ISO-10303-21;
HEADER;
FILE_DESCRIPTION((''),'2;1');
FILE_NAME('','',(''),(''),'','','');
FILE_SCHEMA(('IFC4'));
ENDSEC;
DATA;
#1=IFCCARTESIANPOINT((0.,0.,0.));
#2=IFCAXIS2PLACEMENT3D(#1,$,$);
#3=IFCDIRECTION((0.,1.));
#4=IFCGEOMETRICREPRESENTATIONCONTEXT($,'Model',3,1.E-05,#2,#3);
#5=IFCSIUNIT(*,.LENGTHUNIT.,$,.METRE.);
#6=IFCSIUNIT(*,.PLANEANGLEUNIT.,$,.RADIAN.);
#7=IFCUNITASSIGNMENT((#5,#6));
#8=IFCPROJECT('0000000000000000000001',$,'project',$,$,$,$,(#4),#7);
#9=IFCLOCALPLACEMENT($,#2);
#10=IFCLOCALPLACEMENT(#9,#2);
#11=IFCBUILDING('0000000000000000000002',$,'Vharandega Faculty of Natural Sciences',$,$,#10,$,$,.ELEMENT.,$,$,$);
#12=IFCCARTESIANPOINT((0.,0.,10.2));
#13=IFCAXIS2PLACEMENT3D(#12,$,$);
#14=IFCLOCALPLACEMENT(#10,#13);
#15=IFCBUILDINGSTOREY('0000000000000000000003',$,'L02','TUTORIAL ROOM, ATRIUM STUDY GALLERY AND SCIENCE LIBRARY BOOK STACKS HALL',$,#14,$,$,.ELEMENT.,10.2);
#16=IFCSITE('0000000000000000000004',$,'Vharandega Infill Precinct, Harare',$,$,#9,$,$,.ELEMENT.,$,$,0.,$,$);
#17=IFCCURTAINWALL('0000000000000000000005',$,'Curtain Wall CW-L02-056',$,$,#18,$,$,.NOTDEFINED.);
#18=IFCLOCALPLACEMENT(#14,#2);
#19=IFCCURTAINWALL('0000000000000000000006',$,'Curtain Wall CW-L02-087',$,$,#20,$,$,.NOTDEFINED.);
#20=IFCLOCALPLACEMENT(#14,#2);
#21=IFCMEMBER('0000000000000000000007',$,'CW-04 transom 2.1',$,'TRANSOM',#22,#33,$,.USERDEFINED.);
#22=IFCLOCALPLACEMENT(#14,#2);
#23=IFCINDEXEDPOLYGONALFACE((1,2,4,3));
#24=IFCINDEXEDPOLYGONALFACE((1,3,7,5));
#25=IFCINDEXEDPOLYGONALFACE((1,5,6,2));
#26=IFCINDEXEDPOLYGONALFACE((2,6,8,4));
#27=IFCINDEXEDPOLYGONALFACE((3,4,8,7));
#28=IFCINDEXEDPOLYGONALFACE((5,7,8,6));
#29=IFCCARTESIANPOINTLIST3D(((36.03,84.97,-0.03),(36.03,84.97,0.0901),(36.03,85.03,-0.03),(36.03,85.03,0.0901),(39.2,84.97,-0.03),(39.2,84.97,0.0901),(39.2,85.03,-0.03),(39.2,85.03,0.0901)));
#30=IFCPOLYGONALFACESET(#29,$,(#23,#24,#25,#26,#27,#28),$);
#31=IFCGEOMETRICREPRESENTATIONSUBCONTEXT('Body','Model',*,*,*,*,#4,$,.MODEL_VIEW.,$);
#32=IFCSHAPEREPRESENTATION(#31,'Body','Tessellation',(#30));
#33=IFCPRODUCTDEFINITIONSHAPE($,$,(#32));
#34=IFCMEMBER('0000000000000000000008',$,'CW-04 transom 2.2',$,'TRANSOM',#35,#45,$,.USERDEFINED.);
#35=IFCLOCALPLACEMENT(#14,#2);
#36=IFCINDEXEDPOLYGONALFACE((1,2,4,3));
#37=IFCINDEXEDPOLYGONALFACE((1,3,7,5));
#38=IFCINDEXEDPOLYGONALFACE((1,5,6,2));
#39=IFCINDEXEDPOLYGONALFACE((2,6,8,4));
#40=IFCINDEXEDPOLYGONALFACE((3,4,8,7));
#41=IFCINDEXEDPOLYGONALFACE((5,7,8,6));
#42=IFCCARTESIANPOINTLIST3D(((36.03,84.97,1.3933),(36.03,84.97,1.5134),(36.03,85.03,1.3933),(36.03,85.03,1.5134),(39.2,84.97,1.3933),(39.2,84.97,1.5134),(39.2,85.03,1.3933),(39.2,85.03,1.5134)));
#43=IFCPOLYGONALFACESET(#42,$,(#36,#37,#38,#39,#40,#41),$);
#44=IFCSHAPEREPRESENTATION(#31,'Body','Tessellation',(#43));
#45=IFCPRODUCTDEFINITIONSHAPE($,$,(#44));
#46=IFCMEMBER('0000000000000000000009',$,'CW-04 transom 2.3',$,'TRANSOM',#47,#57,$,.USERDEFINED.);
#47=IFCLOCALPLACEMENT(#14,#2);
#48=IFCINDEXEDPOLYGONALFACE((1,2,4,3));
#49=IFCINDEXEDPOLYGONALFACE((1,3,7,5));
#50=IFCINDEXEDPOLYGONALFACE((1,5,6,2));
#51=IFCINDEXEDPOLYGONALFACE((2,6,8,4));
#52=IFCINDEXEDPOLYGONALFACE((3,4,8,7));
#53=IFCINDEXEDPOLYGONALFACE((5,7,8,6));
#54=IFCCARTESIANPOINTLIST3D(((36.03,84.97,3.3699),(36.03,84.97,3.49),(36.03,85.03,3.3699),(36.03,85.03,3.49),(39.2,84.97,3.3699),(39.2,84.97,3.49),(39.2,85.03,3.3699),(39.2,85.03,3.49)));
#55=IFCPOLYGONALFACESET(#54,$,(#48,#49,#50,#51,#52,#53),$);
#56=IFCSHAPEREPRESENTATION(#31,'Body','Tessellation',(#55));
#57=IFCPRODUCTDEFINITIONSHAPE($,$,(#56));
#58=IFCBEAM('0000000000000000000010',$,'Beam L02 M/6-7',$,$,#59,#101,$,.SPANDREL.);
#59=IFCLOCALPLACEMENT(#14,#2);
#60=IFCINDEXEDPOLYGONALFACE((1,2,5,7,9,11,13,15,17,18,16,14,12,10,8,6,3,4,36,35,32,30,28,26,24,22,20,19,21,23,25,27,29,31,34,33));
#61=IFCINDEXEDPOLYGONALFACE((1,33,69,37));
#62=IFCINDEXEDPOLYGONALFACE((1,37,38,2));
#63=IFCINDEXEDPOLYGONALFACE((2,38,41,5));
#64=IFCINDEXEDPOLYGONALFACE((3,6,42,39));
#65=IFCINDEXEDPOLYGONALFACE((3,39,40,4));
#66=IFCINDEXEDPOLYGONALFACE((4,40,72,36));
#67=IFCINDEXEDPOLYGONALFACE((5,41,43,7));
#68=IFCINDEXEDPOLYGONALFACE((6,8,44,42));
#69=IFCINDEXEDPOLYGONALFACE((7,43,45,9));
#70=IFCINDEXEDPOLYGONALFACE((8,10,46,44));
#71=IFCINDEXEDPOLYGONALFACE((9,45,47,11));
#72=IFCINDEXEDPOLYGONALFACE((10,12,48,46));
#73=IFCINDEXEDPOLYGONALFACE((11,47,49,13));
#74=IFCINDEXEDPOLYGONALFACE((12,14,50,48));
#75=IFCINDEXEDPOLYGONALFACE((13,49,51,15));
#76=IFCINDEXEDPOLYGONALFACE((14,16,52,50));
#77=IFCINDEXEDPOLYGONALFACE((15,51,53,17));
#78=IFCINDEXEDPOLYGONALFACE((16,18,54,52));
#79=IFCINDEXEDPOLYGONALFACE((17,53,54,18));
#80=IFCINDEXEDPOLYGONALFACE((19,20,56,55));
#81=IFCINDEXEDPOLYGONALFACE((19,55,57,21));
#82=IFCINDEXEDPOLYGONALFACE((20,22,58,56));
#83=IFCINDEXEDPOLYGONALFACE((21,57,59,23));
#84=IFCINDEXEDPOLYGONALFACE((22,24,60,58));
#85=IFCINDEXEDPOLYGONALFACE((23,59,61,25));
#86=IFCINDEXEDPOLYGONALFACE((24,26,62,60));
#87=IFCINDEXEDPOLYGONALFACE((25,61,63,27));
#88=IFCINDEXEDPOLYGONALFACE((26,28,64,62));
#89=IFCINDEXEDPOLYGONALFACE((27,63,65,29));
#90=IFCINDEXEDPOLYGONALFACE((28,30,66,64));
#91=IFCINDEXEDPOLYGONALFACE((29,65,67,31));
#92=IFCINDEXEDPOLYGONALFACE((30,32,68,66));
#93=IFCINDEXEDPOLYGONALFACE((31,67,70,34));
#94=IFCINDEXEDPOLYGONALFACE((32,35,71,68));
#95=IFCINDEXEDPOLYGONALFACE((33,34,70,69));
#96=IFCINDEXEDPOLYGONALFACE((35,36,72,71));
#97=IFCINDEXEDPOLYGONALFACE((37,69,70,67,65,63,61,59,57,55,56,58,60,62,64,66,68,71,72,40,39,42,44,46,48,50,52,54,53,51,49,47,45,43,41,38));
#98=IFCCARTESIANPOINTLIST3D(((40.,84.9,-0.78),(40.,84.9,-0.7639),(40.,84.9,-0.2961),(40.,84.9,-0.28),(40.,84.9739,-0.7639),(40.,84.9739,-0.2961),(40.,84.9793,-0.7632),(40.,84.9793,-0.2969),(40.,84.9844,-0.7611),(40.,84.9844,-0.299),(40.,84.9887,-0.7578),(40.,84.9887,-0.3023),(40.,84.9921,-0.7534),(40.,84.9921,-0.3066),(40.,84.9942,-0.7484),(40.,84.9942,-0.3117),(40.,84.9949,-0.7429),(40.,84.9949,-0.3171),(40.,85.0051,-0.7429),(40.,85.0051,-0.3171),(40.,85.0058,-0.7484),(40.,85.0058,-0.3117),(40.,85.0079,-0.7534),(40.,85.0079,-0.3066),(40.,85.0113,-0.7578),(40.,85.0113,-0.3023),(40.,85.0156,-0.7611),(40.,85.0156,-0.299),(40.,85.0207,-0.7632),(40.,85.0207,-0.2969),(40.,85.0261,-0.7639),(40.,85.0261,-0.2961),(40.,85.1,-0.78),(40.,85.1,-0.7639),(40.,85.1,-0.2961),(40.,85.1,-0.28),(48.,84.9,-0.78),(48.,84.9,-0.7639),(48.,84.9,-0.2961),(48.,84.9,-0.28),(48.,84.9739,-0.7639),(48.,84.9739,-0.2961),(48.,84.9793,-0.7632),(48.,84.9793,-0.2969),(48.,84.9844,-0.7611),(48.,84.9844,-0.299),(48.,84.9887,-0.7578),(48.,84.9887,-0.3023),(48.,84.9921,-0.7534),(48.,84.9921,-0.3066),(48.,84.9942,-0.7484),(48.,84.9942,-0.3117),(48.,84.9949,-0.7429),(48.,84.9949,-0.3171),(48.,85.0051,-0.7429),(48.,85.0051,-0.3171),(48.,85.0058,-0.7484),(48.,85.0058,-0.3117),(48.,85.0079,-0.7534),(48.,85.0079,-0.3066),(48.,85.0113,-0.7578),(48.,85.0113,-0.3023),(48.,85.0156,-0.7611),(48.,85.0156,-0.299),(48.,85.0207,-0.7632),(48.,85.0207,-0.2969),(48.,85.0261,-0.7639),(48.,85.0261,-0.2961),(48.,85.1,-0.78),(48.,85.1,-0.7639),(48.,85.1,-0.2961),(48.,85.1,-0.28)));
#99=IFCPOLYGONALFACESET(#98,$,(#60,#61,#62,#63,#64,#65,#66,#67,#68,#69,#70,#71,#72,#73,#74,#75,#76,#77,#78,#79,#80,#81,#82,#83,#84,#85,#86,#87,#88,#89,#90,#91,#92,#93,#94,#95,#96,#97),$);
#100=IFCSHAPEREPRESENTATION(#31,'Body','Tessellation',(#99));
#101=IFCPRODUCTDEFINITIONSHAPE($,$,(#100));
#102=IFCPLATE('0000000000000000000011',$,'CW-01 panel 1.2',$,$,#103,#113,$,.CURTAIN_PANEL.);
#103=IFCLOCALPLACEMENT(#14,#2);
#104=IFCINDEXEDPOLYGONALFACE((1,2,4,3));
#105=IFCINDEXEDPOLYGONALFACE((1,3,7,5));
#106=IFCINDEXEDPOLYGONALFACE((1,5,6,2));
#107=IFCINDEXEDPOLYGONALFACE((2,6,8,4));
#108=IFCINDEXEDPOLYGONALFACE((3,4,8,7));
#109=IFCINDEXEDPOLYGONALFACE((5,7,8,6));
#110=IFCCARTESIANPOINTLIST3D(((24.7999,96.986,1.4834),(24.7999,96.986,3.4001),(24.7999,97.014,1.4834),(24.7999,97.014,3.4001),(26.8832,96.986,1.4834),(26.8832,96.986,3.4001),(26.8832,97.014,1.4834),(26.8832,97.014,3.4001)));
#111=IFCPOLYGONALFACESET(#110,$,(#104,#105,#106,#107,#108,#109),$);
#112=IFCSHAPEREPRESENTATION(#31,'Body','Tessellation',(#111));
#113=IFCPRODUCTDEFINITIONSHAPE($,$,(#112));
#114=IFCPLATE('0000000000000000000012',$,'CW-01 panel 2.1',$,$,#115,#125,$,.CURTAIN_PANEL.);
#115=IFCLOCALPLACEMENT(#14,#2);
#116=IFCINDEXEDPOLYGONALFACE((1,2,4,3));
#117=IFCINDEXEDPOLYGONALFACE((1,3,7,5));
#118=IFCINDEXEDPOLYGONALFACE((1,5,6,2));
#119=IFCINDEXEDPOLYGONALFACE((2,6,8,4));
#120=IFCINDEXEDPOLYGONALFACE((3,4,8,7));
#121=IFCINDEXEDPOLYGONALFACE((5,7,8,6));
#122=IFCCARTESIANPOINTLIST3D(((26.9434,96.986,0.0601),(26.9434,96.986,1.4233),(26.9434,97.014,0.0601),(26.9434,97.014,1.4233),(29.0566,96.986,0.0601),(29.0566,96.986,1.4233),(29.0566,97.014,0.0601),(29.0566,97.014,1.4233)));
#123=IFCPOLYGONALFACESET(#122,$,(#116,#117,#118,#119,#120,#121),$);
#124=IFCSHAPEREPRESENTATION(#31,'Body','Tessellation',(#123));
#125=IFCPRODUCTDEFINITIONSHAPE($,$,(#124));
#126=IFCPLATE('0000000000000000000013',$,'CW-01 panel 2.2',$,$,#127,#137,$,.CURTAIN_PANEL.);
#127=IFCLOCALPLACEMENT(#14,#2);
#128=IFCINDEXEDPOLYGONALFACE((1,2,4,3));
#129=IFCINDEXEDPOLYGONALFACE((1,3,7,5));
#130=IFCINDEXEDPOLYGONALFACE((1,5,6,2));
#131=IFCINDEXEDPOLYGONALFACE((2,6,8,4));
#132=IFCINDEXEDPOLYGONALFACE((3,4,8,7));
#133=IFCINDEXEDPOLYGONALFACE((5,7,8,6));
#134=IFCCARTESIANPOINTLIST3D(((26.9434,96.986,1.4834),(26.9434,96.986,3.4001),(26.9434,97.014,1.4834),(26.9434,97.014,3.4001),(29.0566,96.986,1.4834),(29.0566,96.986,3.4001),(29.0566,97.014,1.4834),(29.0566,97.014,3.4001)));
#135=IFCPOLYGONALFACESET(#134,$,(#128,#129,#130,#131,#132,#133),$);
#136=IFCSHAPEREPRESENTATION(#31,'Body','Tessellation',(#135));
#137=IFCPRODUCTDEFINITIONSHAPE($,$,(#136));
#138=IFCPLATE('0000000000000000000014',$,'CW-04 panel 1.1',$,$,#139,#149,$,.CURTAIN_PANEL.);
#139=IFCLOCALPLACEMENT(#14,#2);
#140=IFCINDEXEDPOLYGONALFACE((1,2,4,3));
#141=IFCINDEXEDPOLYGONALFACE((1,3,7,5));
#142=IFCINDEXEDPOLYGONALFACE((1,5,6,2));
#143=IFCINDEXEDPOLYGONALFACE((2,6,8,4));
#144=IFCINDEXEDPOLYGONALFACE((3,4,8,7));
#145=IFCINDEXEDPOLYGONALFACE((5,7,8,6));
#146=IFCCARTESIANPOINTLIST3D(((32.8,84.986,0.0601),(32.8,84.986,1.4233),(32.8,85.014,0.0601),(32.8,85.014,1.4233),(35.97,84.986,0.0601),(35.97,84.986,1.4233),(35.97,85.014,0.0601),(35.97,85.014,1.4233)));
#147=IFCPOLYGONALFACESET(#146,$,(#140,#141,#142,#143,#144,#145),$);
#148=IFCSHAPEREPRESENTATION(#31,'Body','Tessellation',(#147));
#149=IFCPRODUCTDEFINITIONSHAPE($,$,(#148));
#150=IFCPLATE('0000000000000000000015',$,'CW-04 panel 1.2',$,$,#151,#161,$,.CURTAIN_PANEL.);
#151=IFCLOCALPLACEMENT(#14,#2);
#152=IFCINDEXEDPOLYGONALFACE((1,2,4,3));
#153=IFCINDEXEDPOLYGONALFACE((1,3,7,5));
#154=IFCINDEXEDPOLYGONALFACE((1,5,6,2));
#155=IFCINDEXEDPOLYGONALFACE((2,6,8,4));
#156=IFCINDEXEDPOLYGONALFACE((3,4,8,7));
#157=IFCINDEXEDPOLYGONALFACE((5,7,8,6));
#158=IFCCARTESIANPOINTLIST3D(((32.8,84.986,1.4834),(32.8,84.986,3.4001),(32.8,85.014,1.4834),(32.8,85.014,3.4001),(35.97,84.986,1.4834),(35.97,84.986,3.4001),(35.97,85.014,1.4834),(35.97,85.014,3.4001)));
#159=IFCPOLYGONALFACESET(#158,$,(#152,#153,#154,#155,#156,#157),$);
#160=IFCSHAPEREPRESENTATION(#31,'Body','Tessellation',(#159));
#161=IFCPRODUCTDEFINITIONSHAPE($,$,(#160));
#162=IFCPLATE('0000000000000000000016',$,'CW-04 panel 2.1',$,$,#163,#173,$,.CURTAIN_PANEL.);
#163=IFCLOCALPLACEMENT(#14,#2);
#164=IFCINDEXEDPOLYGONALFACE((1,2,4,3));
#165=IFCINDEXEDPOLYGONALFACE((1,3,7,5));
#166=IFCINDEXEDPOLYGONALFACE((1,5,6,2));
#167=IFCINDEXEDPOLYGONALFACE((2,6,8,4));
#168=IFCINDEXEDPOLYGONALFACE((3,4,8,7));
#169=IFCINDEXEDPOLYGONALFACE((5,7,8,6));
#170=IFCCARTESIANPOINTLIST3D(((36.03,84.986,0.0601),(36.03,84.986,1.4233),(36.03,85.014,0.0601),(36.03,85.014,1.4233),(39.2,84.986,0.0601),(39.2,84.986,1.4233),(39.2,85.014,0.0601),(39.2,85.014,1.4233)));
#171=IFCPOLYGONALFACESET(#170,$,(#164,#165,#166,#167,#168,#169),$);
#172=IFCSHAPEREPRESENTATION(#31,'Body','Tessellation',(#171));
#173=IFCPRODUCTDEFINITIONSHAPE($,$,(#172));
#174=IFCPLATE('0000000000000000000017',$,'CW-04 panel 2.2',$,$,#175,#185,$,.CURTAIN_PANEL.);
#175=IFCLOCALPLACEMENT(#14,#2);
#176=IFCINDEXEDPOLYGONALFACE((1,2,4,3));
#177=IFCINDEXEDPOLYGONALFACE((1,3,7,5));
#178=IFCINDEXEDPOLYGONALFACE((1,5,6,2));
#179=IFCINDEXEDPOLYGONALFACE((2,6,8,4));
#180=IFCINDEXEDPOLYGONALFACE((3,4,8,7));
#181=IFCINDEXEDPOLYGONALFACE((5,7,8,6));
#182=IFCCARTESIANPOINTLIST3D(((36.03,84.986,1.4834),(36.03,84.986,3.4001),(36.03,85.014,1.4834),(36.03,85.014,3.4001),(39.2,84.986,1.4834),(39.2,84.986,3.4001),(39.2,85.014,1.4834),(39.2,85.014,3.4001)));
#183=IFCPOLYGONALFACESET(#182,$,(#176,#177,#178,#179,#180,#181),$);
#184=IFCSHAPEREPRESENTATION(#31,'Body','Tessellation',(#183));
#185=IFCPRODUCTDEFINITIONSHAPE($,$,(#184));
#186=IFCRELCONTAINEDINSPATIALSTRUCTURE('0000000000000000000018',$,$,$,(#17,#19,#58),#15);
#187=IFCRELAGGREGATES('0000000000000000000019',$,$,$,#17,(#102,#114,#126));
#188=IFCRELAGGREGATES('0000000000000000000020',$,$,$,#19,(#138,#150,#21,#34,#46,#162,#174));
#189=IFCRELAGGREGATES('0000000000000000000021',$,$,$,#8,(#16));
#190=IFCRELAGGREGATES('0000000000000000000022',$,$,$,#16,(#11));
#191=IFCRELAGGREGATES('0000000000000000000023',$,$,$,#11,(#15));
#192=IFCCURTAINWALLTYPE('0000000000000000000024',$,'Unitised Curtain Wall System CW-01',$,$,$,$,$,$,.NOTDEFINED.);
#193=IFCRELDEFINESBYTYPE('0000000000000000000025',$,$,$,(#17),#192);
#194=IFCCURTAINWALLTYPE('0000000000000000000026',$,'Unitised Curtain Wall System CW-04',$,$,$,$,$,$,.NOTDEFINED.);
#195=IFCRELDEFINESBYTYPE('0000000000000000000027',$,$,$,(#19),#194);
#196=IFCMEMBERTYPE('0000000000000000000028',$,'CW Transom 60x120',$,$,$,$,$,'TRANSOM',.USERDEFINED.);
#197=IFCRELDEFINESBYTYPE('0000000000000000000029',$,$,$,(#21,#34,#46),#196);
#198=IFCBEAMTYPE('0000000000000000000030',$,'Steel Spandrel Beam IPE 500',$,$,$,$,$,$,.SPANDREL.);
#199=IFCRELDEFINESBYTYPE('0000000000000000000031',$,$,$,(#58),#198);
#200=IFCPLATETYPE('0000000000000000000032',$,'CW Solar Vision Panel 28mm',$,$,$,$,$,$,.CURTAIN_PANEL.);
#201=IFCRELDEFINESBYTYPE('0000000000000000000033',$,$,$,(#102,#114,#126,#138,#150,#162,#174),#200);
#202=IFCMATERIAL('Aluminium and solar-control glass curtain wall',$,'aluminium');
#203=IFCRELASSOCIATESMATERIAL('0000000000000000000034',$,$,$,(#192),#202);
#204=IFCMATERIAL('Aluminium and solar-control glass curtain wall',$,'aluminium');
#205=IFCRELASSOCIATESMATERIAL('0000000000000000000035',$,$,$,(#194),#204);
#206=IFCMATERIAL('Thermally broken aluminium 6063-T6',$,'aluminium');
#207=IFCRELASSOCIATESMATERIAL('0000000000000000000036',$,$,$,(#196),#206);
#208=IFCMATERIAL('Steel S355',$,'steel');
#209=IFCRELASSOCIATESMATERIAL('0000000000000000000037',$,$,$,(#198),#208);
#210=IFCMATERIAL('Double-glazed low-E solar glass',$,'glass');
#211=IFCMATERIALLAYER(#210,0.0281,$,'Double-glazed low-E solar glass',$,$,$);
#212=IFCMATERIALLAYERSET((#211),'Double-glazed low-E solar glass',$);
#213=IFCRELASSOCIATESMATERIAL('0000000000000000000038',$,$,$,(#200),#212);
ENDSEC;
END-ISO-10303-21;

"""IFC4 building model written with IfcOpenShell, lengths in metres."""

from ifc_helpers import new_model, si_unit, direction, frame, origin, origin_2d, place, context, subcontext, project, spatial, rectangle, i_section, extrude, material, layer, layer_set, material_profile, profile_set, type_object, element, aggregate, save


model = new_model("IFC4")

# Units and contexts
model_context = context("Model", 3, precision=1e-05, world=origin(), true_north=direction((0.0, 1.0)))
body_context = subcontext(model_context, "Body", "Model", "MODEL_VIEW")
ifc_project = project(units=[si_unit("LENGTHUNIT", "METRE"), si_unit("PLANEANGLEUNIT", "RADIAN")], contexts=[model_context])

# Site, building, storey
site_placement = place(None, origin())
site = spatial("IfcSite", under=ifc_project, at=site_placement, Name="Vharandega Infill Precinct, Harare", CompositionType="ELEMENT", RefElevation=0.0)
building_placement = place(site_placement, origin())
building = spatial("IfcBuilding", under=site, at=building_placement, Name="Vharandega Faculty of Natural Sciences", CompositionType="ELEMENT")
storey_placement = place(building_placement, frame((0.0, 0.0, 10.2)))
storey = spatial("IfcBuildingStorey", under=building, at=storey_placement, Name="L02", Description="TUTORIAL ROOM, ATRIUM STUDY GALLERY AND SCIENCE LIBRARY BOOK STACKS HALL", CompositionType="ELEMENT", Elevation=10.2)

# Curtain walls
ifc_material_1 = material(Name="Aluminium and solar-control glass curtain wall", Category="aluminium")
curtain_wall_type_1 = type_object("IfcCurtainWallType", Name="Unitised Curtain Wall System CW-01", PredefinedType="NOTDEFINED", material=ifc_material_1)
curtain_wall_1_placement = place(storey_placement, origin())
curtain_wall_1 = element("IfcCurtainWall", 1, at=curtain_wall_1_placement, inside=storey, type_object=curtain_wall_type_1, Name="Curtain Wall CW-L02-056", PredefinedType="NOTDEFINED")
ifc_material_2 = material(Name="Aluminium and solar-control glass curtain wall", Category="aluminium")
curtain_wall_type_2 = type_object("IfcCurtainWallType", Name="Unitised Curtain Wall System CW-04", PredefinedType="NOTDEFINED", material=ifc_material_2)
curtain_wall_2_placement = place(storey_placement, origin())
curtain_wall_2 = element("IfcCurtainWall", 2, at=curtain_wall_2_placement, inside=storey, type_object=curtain_wall_type_2, Name="Curtain Wall CW-L02-087", PredefinedType="NOTDEFINED")

# Members
ifc_material_3 = material(Name="Thermally broken aluminium 6063-T6", Category="aluminium")
ifc_material_profile_1 = material_profile(ifc_material_3, rectangle(XDim=0.0601, YDim=0.1201, at=origin_2d()), Name="ALU 60x120")
ifc_profile_set_1 = profile_set([ifc_material_profile_1], Name="Thermally broken aluminium 6063-T6")
member_type_1 = type_object("IfcMemberType", Name="CW Transom 60x120", ElementType="TRANSOM", PredefinedType="USERDEFINED", material=ifc_profile_set_1)
member_1_placement = place(storey_placement, frame((36.03, 85.0, 0.03), z_axis=(1.0, 0.0, 0.0), x_axis=(0.0, 1.0, 0.0)))
member_1 = element("IfcMember", 3, at=member_1_placement, type_object=member_type_1, Name="CW-04 transom 2.1", ObjectType="TRANSOM", PredefinedType="USERDEFINED", context=body_context, shape_type="SweptSolid", body=[
    extrude(rectangle(XDim=0.0601, YDim=0.1201, at=origin_2d()), origin(), (0.0, 0.0, 1.0), 3.1699),
])
member_2_placement = place(storey_placement, frame((36.03, 85.0, 1.4534), z_axis=(1.0, 0.0, 0.0), x_axis=(0.0, 1.0, 0.0)))
member_2 = element("IfcMember", 4, at=member_2_placement, type_object=member_type_1, Name="CW-04 transom 2.2", ObjectType="TRANSOM", PredefinedType="USERDEFINED", context=body_context, shape_type="SweptSolid", body=[
    extrude(rectangle(XDim=0.0601, YDim=0.1201, at=origin_2d()), origin(), (0.0, 0.0, 1.0), 3.1699),
])
member_3_placement = place(storey_placement, frame((36.03, 85.0, 3.4299), z_axis=(1.0, 0.0, 0.0), x_axis=(0.0, 1.0, 0.0)))
member_3 = element("IfcMember", 5, at=member_3_placement, type_object=member_type_1, Name="CW-04 transom 2.3", ObjectType="TRANSOM", PredefinedType="USERDEFINED", context=body_context, shape_type="SweptSolid", body=[
    extrude(rectangle(XDim=0.0601, YDim=0.1201, at=origin_2d()), origin(), (0.0, 0.0, 1.0), 3.1699),
])

# Beam
ifc_material_4 = material(Name="Steel S355", Category="steel")
ifc_material_profile_2 = material_profile(ifc_material_4, i_section(OverallWidth=0.2, OverallDepth=0.5, WebThickness=0.0103, FlangeThickness=0.0161, FilletRadius=0.021, at=origin_2d()), Name="IPE 500")
ifc_profile_set_2 = profile_set([ifc_material_profile_2], Name="Steel S355")
beam_type = type_object("IfcBeamType", Name="Steel Spandrel Beam IPE 500", PredefinedType="SPANDREL", material=ifc_profile_set_2)
beam_placement = place(storey_placement, frame((40.0, 85.0, -0.53), z_axis=(1.0, 0.0, 0.0), x_axis=(0.0, 1.0, 0.0)))
element("IfcBeam", 6, at=beam_placement, inside=storey, type_object=beam_type, Name="Beam L02 M/6-7", PredefinedType="SPANDREL", context=body_context, shape_type="SweptSolid", body=[
    extrude(i_section(OverallWidth=0.2, OverallDepth=0.5, WebThickness=0.0103, FlangeThickness=0.0161, FilletRadius=0.021, at=origin_2d()), origin(), (0.0, 0.0, 1.0), 8.0),
])

# Plates
ifc_material_5 = material(Name="Double-glazed low-E solar glass", Category="glass")
ifc_layer = layer(ifc_material_5, 0.0281, Name="Double-glazed low-E solar glass")
ifc_layer_set = layer_set([ifc_layer], Name="Double-glazed low-E solar glass")
plate_type = type_object("IfcPlateType", Name="CW Solar Vision Panel 28mm", PredefinedType="CURTAIN_PANEL", material=ifc_layer_set)
plate_1_placement = place(storey_placement, frame((25.8416, 97.0, 1.4834), z_axis=(0.0, 0.0, 1.0), x_axis=(1.0, 0.0, 0.0)))
plate_1 = element("IfcPlate", 7, at=plate_1_placement, type_object=plate_type, Name="CW-01 panel 1.2", PredefinedType="CURTAIN_PANEL", context=body_context, shape_type="SweptSolid", body=[
    extrude(rectangle(XDim=2.0833, YDim=0.0281, at=origin_2d()), origin(), (0.0, 0.0, 1.0), 1.9167),
])
plate_2_placement = place(storey_placement, frame((28.0, 97.0, 0.0601), z_axis=(0.0, 0.0, 1.0), x_axis=(1.0, 0.0, 0.0)))
plate_2 = element("IfcPlate", 8, at=plate_2_placement, type_object=plate_type, Name="CW-01 panel 2.1", PredefinedType="CURTAIN_PANEL", context=body_context, shape_type="SweptSolid", body=[
    extrude(rectangle(XDim=2.1133, YDim=0.0281, at=origin_2d()), origin(), (0.0, 0.0, 1.0), 1.3633),
])
plate_3_placement = place(storey_placement, frame((28.0, 97.0, 1.4834), z_axis=(0.0, 0.0, 1.0), x_axis=(1.0, 0.0, 0.0)))
plate_3 = element("IfcPlate", 9, at=plate_3_placement, type_object=plate_type, Name="CW-01 panel 2.2", PredefinedType="CURTAIN_PANEL", context=body_context, shape_type="SweptSolid", body=[
    extrude(rectangle(XDim=2.1133, YDim=0.0281, at=origin_2d()), origin(), (0.0, 0.0, 1.0), 1.9167),
])
aggregate(curtain_wall_1, [plate_1, plate_2, plate_3])
plate_4_placement = place(storey_placement, frame((34.385, 85.0, 0.0601), z_axis=(0.0, 0.0, 1.0), x_axis=(1.0, 0.0, 0.0)))
plate_4 = element("IfcPlate", 10, at=plate_4_placement, type_object=plate_type, Name="CW-04 panel 1.1", PredefinedType="CURTAIN_PANEL", context=body_context, shape_type="SweptSolid", body=[
    extrude(rectangle(XDim=3.1699, YDim=0.0281, at=origin_2d()), origin(), (0.0, 0.0, 1.0), 1.3633),
])
plate_5_placement = place(storey_placement, frame((34.385, 85.0, 1.4834), z_axis=(0.0, 0.0, 1.0), x_axis=(1.0, 0.0, 0.0)))
plate_5 = element("IfcPlate", 11, at=plate_5_placement, type_object=plate_type, Name="CW-04 panel 1.2", PredefinedType="CURTAIN_PANEL", context=body_context, shape_type="SweptSolid", body=[
    extrude(rectangle(XDim=3.1699, YDim=0.0281, at=origin_2d()), origin(), (0.0, 0.0, 1.0), 1.9167),
])
plate_6_placement = place(storey_placement, frame((37.615, 85.0, 0.0601), z_axis=(0.0, 0.0, 1.0), x_axis=(1.0, 0.0, 0.0)))
plate_6 = element("IfcPlate", 12, at=plate_6_placement, type_object=plate_type, Name="CW-04 panel 2.1", PredefinedType="CURTAIN_PANEL", context=body_context, shape_type="SweptSolid", body=[
    extrude(rectangle(XDim=3.1699, YDim=0.0281, at=origin_2d()), origin(), (0.0, 0.0, 1.0), 1.3633),
])
plate_7_placement = place(storey_placement, frame((37.615, 85.0, 1.4834), z_axis=(0.0, 0.0, 1.0), x_axis=(1.0, 0.0, 0.0)))
plate_7 = element("IfcPlate", 13, at=plate_7_placement, type_object=plate_type, Name="CW-04 panel 2.2", PredefinedType="CURTAIN_PANEL", context=body_context, shape_type="SweptSolid", body=[
    extrude(rectangle(XDim=3.1699, YDim=0.0281, at=origin_2d()), origin(), (0.0, 0.0, 1.0), 1.9167),
])
aggregate(curtain_wall_2, [plate_4, plate_5, member_1, member_2, member_3, plate_6, plate_7])

save(model, "model.ifc")
